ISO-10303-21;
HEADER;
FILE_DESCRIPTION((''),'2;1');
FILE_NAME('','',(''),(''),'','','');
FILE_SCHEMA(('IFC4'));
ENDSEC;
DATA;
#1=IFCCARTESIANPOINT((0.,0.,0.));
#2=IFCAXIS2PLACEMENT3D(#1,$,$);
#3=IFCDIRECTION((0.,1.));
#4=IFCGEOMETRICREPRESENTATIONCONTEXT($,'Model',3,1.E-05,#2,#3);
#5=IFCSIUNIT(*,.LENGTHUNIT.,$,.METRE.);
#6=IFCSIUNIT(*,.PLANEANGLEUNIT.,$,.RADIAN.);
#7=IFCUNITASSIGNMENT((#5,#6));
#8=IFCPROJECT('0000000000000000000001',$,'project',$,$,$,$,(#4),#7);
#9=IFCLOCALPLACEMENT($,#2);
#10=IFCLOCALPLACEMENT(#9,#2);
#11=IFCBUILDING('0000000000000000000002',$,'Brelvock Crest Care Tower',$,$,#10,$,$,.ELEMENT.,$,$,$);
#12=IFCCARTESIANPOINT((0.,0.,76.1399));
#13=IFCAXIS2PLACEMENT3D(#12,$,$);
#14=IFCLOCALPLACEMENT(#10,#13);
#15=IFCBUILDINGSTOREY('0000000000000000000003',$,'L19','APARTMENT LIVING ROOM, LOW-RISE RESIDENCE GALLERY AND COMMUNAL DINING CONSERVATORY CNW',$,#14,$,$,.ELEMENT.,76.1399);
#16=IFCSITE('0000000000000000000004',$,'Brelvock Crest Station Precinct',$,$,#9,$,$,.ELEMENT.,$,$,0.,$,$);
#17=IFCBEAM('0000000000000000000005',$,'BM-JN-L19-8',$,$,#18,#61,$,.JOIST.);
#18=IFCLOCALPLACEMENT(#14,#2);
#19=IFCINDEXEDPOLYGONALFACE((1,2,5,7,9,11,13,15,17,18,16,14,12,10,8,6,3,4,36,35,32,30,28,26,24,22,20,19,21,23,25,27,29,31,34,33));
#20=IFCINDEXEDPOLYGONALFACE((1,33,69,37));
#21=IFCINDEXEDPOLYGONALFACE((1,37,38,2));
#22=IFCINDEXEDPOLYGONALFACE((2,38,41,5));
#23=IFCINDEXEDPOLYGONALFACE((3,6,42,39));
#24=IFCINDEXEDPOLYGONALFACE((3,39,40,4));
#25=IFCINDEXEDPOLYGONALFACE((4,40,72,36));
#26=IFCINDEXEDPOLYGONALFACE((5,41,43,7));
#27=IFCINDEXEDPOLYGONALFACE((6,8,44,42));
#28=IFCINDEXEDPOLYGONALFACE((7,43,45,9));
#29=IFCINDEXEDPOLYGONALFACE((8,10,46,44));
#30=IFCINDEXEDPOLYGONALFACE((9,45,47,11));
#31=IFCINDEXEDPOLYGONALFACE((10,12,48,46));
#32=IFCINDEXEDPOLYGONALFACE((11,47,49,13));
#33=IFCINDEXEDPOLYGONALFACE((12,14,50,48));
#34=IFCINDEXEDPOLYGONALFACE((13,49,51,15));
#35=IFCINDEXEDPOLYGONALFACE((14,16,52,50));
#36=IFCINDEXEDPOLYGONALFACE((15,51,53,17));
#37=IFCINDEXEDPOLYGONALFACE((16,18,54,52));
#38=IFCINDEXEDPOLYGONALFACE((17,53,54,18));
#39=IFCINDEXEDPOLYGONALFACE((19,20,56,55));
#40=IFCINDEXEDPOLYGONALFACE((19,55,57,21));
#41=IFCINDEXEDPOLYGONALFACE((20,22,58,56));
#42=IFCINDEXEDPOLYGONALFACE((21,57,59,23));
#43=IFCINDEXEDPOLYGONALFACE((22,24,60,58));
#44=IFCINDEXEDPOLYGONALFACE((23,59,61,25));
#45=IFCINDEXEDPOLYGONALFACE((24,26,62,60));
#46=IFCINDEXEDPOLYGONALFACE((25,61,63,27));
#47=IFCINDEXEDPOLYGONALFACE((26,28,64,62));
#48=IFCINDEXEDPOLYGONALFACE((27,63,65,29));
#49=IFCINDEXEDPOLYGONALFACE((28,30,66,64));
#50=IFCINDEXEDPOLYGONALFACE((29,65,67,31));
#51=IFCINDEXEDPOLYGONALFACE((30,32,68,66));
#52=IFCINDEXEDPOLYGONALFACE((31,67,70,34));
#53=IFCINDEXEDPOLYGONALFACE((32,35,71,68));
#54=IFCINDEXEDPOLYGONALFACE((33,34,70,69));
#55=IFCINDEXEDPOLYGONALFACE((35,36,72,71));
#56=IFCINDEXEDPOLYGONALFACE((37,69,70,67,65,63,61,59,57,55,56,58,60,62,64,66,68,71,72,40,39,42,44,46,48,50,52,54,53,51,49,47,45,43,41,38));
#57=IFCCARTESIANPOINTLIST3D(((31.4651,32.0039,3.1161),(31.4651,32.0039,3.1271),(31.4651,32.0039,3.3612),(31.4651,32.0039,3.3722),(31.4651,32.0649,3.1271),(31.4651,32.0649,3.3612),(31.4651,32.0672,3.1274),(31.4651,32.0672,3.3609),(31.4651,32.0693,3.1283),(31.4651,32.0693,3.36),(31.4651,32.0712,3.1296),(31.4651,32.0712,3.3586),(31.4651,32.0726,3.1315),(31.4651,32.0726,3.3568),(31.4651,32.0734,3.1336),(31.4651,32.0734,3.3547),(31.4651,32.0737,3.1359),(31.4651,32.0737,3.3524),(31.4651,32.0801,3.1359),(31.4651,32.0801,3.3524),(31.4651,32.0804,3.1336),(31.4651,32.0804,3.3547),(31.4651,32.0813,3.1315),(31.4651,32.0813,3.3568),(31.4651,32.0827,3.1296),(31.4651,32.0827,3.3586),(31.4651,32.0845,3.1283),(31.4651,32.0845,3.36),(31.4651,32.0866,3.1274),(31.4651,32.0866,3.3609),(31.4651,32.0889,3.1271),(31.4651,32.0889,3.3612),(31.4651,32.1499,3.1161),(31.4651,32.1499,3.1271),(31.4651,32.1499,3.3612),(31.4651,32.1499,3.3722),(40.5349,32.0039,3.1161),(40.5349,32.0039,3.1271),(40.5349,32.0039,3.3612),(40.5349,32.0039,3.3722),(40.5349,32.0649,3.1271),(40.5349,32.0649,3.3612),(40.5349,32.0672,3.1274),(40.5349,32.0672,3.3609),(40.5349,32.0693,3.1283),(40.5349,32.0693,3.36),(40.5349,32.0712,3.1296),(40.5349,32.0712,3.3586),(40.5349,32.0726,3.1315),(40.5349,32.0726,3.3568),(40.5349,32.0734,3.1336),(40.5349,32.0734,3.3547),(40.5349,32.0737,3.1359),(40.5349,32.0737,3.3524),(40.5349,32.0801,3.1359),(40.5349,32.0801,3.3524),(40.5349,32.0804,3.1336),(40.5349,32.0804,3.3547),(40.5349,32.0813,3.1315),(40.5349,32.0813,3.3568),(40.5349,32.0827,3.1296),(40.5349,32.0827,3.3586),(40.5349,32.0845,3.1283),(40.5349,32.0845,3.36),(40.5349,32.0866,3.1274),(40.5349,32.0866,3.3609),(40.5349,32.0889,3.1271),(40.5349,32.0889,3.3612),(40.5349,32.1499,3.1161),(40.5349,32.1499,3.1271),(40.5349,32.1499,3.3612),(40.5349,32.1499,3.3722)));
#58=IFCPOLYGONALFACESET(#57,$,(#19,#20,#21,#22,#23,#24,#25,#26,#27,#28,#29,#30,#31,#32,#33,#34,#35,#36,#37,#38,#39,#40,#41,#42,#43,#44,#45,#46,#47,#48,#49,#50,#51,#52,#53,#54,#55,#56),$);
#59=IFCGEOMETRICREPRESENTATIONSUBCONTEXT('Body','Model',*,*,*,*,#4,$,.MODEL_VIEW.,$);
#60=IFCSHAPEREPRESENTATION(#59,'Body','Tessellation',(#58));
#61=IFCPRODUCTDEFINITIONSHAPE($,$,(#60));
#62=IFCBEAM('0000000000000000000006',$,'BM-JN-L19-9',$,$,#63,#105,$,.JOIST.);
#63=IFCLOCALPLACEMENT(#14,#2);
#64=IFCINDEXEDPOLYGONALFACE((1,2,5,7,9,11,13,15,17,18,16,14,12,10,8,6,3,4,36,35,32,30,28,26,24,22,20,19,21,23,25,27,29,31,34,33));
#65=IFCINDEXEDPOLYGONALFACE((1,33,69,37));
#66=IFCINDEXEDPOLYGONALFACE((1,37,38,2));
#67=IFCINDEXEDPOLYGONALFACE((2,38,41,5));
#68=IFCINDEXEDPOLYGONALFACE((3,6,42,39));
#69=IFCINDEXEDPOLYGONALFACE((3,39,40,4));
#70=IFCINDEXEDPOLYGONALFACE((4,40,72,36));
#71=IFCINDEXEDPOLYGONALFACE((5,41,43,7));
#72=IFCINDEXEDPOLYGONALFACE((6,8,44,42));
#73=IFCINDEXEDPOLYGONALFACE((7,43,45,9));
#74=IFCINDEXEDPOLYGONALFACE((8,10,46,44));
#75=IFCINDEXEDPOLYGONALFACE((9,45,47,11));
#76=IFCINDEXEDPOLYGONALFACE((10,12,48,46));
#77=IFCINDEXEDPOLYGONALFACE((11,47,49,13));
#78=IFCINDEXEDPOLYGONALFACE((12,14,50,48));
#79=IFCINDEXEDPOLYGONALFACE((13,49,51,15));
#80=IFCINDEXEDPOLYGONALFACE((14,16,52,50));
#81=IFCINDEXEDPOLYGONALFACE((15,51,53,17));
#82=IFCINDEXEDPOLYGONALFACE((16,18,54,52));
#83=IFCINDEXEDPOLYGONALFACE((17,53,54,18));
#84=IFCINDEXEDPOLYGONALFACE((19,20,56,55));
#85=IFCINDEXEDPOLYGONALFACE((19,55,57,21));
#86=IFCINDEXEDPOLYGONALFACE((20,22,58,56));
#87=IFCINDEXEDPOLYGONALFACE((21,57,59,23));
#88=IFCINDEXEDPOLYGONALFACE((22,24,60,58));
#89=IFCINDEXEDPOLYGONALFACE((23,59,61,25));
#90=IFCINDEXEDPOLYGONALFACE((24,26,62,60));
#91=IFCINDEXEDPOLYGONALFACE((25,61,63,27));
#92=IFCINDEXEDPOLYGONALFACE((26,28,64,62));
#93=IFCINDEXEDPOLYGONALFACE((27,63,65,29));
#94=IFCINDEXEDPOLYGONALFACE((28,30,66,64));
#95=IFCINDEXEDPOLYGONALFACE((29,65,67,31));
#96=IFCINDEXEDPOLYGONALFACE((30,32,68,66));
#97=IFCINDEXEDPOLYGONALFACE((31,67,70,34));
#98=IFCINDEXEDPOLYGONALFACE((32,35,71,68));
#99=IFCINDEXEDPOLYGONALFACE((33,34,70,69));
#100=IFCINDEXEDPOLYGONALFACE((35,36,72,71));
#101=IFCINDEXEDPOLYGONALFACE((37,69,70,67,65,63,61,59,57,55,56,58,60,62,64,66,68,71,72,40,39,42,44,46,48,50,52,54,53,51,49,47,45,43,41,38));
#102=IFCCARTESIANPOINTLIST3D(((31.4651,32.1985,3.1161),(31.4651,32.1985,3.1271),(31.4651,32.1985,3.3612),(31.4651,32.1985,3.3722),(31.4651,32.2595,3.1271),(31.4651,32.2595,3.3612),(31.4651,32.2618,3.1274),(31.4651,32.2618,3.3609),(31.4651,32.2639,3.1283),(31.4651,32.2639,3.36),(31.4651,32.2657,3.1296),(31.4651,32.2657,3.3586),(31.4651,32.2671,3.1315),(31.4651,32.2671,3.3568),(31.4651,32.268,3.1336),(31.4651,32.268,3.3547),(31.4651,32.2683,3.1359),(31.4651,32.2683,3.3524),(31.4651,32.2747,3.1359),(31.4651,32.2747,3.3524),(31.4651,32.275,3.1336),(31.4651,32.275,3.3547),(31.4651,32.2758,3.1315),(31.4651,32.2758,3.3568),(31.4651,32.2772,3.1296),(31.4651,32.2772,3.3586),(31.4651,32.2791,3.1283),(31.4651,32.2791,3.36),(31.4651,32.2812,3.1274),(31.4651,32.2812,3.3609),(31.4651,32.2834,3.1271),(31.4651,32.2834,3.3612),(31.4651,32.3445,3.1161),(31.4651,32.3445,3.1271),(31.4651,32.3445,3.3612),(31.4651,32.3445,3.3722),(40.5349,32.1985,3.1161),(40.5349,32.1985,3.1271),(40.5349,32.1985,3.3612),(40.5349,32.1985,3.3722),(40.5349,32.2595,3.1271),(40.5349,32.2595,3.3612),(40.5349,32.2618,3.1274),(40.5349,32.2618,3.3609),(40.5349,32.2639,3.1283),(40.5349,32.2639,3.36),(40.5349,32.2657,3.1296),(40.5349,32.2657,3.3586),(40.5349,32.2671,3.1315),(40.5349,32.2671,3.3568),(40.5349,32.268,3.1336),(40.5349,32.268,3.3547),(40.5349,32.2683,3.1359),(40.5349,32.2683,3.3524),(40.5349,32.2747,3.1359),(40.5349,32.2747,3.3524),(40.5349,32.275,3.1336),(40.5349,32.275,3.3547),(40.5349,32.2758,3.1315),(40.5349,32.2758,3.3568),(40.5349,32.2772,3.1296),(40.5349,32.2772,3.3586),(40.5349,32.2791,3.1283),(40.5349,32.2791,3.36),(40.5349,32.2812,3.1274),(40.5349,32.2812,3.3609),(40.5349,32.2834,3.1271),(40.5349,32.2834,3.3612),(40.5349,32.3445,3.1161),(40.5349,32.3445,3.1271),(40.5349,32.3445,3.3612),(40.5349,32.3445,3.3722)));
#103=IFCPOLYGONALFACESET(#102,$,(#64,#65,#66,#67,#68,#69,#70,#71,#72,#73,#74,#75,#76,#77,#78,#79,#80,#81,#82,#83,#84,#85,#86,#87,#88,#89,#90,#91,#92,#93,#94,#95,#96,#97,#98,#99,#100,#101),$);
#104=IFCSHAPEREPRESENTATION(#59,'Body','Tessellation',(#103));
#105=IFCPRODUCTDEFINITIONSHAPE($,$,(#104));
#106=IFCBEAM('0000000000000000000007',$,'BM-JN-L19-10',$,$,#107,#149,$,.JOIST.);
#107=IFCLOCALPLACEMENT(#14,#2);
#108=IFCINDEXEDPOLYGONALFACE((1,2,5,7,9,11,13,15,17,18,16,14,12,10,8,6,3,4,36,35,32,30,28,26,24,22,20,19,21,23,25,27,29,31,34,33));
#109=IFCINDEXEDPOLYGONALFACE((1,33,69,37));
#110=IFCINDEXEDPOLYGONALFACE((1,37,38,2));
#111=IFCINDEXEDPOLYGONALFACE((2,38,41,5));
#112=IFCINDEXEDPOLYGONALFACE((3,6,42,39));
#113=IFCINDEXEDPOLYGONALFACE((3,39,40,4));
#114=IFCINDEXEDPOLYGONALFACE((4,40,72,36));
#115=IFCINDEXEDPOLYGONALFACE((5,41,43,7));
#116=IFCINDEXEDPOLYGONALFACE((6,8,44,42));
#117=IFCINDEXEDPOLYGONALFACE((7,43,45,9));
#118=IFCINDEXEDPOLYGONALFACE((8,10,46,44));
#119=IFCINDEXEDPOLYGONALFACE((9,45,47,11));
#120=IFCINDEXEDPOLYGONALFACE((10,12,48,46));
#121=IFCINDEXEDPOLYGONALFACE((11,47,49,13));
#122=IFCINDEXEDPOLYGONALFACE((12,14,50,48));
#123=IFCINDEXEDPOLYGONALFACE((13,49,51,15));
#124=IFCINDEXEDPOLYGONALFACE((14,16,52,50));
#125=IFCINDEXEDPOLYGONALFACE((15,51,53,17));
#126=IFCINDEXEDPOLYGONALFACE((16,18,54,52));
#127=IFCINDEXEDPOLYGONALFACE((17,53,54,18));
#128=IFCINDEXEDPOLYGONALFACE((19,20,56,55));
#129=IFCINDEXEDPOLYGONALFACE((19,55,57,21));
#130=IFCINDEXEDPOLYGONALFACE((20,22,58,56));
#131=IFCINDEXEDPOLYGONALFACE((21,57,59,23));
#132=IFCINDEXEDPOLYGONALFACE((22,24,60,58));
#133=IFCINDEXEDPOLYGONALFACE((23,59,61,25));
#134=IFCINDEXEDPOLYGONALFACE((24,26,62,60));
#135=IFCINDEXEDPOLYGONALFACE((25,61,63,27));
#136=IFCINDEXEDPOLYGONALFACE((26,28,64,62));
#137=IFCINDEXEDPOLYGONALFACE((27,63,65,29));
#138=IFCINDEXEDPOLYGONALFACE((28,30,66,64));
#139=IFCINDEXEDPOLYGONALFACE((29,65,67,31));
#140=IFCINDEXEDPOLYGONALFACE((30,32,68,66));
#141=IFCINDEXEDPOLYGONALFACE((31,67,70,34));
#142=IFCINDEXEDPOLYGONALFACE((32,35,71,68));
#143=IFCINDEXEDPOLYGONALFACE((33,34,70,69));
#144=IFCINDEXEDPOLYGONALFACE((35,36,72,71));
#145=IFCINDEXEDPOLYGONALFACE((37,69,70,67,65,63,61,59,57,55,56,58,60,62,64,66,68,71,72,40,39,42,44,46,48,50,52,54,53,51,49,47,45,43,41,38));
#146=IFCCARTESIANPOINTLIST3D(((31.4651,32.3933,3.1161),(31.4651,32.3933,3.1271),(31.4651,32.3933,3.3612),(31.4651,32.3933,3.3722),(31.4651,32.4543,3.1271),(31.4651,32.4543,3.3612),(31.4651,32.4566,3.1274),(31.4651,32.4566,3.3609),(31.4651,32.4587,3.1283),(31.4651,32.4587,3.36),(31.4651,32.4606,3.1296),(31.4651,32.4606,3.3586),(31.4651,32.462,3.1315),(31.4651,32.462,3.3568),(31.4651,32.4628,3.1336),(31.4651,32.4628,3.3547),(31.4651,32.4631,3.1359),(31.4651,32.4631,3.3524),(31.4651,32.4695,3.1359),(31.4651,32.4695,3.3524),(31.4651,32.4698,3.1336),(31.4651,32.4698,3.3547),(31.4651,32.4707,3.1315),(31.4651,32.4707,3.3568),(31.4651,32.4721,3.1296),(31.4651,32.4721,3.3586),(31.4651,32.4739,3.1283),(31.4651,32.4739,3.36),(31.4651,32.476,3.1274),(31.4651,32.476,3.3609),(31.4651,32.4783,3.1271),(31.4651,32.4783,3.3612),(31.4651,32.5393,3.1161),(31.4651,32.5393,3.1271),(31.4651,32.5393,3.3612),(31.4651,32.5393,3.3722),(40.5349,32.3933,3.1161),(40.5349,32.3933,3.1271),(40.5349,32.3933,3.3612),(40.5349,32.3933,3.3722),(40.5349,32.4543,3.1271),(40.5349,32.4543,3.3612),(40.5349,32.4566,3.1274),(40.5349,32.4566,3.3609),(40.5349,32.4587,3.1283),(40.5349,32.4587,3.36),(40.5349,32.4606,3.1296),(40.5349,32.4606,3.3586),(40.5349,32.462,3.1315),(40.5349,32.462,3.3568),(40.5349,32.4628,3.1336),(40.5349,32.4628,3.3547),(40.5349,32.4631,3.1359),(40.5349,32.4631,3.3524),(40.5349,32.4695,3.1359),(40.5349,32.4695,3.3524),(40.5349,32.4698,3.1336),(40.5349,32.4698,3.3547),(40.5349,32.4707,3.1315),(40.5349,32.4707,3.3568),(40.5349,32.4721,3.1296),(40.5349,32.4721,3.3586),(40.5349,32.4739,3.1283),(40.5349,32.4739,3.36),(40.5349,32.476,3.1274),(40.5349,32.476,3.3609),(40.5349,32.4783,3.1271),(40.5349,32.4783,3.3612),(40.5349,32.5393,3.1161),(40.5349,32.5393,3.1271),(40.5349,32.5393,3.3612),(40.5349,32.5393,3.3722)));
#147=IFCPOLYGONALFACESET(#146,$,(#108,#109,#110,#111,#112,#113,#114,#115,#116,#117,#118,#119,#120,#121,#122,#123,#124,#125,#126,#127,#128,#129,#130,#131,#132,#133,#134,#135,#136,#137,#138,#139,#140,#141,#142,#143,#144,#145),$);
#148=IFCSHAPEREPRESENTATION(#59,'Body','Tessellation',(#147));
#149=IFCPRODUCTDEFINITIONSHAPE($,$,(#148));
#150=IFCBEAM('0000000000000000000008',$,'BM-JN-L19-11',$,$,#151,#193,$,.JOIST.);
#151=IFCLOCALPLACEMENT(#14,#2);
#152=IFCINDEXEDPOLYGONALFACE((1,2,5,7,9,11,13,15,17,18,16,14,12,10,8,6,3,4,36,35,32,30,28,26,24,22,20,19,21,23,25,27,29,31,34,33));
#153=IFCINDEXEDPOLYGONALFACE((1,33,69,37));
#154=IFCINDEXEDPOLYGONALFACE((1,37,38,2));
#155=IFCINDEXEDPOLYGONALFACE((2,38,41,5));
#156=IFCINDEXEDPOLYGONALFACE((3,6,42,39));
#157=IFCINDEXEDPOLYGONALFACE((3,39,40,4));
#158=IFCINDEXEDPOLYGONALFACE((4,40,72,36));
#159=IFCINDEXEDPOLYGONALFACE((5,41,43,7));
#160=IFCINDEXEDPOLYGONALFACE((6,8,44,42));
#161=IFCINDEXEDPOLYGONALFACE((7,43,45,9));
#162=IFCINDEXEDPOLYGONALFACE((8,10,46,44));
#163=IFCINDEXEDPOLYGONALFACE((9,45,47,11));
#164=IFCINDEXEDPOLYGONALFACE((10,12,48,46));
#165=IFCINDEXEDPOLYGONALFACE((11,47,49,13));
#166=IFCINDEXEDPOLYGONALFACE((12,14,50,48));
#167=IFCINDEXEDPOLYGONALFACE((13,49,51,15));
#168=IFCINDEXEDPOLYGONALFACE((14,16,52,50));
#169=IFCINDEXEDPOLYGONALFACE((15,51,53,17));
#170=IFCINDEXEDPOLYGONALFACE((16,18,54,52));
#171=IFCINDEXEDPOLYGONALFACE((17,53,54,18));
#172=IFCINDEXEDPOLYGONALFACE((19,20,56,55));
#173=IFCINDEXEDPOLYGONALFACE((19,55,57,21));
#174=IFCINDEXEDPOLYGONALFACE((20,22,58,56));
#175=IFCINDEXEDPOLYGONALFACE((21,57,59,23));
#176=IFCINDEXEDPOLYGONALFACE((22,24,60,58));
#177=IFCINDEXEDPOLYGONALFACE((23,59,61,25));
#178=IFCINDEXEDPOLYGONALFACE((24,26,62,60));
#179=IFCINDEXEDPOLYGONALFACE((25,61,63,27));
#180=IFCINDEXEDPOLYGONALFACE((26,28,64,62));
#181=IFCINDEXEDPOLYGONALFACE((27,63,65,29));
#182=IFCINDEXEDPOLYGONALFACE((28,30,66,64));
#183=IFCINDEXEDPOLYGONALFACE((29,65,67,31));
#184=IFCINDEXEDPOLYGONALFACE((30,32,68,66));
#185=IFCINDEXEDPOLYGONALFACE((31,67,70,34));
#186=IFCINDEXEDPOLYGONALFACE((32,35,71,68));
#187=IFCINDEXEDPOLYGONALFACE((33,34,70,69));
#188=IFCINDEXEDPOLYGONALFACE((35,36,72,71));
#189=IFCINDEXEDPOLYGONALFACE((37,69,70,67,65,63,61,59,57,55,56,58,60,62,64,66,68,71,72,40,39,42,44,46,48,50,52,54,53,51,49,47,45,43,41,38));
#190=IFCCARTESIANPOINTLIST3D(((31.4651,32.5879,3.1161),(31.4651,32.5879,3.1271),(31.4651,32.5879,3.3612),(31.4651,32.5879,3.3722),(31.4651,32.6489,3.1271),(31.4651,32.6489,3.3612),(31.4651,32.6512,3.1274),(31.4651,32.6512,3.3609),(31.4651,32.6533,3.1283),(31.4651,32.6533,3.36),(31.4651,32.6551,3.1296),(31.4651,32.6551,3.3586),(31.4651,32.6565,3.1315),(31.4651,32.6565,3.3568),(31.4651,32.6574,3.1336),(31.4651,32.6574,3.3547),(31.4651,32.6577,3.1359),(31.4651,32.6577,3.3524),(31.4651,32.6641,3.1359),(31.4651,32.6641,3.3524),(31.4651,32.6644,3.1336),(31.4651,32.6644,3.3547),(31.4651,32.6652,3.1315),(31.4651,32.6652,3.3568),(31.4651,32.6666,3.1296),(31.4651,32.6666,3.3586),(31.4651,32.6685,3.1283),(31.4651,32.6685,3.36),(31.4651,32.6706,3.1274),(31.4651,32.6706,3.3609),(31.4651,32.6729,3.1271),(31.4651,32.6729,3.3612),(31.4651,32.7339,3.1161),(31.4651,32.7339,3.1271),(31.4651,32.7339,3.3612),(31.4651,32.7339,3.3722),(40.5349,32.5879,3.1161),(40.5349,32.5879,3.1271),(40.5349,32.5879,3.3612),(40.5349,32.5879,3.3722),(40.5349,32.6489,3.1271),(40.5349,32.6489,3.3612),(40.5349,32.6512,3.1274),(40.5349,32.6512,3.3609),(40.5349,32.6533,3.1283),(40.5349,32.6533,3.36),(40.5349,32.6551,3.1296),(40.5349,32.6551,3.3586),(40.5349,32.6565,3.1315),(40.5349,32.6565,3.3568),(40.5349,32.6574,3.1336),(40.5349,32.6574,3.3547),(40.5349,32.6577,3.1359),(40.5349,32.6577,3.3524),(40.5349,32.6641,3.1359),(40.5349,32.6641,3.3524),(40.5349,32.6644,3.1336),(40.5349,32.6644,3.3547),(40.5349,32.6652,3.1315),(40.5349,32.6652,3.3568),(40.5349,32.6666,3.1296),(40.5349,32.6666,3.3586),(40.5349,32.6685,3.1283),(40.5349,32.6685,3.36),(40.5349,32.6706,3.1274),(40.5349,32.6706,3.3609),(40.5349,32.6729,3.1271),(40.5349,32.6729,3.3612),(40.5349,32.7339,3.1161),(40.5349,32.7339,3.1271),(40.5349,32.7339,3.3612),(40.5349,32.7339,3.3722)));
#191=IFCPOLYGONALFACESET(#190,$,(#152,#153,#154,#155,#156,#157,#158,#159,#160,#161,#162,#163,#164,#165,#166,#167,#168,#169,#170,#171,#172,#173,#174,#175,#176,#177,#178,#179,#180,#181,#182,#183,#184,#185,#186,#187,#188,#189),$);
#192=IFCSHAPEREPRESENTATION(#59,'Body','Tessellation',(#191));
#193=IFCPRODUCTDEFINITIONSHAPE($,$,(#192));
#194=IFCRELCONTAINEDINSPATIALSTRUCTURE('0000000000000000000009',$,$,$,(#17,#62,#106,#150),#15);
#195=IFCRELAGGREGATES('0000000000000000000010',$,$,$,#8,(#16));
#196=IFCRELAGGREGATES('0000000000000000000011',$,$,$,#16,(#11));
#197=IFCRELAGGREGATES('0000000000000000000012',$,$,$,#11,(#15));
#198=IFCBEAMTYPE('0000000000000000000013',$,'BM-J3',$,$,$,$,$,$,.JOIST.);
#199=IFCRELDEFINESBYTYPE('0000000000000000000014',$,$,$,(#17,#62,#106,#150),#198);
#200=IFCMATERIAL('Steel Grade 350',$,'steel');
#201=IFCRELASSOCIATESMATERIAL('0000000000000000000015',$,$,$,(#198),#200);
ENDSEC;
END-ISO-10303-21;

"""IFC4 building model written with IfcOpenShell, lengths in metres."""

from ifc_helpers import new_model, si_unit, direction, frame, origin, origin_2d, place, context, subcontext, project, spatial, i_section, extrude, source, transform, mapped, material, material_profile, profile_set, type_object, element, save


model = new_model("IFC4")

# Units and contexts
model_context = context("Model", 3, precision=1e-05, world=origin(), true_north=direction((0.0, 1.0)))
body_context = subcontext(model_context, "Body", "Model", "MODEL_VIEW")
ifc_project = project(units=[si_unit("LENGTHUNIT", "METRE"), si_unit("PLANEANGLEUNIT", "RADIAN")], contexts=[model_context])

# Site, building, storey
site_placement = place(None, origin())
site = spatial("IfcSite", under=ifc_project, at=site_placement, Name="Brelvock Crest Station Precinct", CompositionType="ELEMENT", RefElevation=0.0)
building_placement = place(site_placement, origin())
building = spatial("IfcBuilding", under=site, at=building_placement, Name="Brelvock Crest Care Tower", CompositionType="ELEMENT")
storey_placement = place(building_placement, frame((0.0, 0.0, 76.1399)))
storey = spatial("IfcBuildingStorey", under=building, at=storey_placement, Name="L19", Description="APARTMENT LIVING ROOM, LOW-RISE RESIDENCE GALLERY AND COMMUNAL DINING CONSERVATORY CNW", CompositionType="ELEMENT", Elevation=76.1399)

# Beams
ifc_material_1 = material(Name="Steel Grade 350", Category="steel")
ifc_material_profile_1 = material_profile(ifc_material_1, i_section(OverallWidth=0.146, OverallDepth=0.2561, WebThickness=0.0063, FlangeThickness=0.011, FilletRadius=0.0088, at=origin_2d()), Name="250UB37.3")
ifc_profile_set_1 = profile_set([ifc_material_profile_1], Name="Steel Grade 350")
beam_type_1 = type_object("IfcBeamType", Name="BM-J3", PredefinedType="JOIST", material=ifc_profile_set_1)
shared_shape_1 = source(origin(), body_context, "Body", "SweptSolid", [
    extrude(i_section(OverallWidth=0.146, OverallDepth=0.2561, WebThickness=0.0063, FlangeThickness=0.011, FilletRadius=0.0088, at=origin_2d()), origin(), (0.0, 0.0, 1.0), 9.0698),
])
for number, where, z_axis, x_axis, name in (
    (1, (31.4651, 32.0769, 3.2441), (1.0, 0.0, 0.0), (0.0, 1.0, 0.0), "BM-JN-L19-8"),
    (2, (31.4651, 32.2715, 3.2441), (1.0, 0.0, 0.0), (0.0, 1.0, 0.0), "BM-JN-L19-9"),
    (3, (31.4651, 32.4663, 3.2441), (1.0, 0.0, 0.0), (0.0, 1.0, 0.0), "BM-JN-L19-10"),
    (4, (31.4651, 32.6609, 3.2441), (1.0, 0.0, 0.0), (0.0, 1.0, 0.0), "BM-JN-L19-11"),
):
    element("IfcBeam", number, at=place(storey_placement, frame(where, z_axis=z_axis, x_axis=x_axis)), inside=storey, type_object=beam_type_1, Name=name, PredefinedType="JOIST", context=body_context, shape_type="MappedRepresentation", body=[
        mapped(shared_shape_1, transform((0.0, 0.0, 0.0), x_axis=(1.0, 0.0, 0.0), y_axis=(0.0, 1.0, 0.0), z_axis=(0.0, 0.0, 1.0), scale=1.0)),
    ])

save(model, "model.ifc")
